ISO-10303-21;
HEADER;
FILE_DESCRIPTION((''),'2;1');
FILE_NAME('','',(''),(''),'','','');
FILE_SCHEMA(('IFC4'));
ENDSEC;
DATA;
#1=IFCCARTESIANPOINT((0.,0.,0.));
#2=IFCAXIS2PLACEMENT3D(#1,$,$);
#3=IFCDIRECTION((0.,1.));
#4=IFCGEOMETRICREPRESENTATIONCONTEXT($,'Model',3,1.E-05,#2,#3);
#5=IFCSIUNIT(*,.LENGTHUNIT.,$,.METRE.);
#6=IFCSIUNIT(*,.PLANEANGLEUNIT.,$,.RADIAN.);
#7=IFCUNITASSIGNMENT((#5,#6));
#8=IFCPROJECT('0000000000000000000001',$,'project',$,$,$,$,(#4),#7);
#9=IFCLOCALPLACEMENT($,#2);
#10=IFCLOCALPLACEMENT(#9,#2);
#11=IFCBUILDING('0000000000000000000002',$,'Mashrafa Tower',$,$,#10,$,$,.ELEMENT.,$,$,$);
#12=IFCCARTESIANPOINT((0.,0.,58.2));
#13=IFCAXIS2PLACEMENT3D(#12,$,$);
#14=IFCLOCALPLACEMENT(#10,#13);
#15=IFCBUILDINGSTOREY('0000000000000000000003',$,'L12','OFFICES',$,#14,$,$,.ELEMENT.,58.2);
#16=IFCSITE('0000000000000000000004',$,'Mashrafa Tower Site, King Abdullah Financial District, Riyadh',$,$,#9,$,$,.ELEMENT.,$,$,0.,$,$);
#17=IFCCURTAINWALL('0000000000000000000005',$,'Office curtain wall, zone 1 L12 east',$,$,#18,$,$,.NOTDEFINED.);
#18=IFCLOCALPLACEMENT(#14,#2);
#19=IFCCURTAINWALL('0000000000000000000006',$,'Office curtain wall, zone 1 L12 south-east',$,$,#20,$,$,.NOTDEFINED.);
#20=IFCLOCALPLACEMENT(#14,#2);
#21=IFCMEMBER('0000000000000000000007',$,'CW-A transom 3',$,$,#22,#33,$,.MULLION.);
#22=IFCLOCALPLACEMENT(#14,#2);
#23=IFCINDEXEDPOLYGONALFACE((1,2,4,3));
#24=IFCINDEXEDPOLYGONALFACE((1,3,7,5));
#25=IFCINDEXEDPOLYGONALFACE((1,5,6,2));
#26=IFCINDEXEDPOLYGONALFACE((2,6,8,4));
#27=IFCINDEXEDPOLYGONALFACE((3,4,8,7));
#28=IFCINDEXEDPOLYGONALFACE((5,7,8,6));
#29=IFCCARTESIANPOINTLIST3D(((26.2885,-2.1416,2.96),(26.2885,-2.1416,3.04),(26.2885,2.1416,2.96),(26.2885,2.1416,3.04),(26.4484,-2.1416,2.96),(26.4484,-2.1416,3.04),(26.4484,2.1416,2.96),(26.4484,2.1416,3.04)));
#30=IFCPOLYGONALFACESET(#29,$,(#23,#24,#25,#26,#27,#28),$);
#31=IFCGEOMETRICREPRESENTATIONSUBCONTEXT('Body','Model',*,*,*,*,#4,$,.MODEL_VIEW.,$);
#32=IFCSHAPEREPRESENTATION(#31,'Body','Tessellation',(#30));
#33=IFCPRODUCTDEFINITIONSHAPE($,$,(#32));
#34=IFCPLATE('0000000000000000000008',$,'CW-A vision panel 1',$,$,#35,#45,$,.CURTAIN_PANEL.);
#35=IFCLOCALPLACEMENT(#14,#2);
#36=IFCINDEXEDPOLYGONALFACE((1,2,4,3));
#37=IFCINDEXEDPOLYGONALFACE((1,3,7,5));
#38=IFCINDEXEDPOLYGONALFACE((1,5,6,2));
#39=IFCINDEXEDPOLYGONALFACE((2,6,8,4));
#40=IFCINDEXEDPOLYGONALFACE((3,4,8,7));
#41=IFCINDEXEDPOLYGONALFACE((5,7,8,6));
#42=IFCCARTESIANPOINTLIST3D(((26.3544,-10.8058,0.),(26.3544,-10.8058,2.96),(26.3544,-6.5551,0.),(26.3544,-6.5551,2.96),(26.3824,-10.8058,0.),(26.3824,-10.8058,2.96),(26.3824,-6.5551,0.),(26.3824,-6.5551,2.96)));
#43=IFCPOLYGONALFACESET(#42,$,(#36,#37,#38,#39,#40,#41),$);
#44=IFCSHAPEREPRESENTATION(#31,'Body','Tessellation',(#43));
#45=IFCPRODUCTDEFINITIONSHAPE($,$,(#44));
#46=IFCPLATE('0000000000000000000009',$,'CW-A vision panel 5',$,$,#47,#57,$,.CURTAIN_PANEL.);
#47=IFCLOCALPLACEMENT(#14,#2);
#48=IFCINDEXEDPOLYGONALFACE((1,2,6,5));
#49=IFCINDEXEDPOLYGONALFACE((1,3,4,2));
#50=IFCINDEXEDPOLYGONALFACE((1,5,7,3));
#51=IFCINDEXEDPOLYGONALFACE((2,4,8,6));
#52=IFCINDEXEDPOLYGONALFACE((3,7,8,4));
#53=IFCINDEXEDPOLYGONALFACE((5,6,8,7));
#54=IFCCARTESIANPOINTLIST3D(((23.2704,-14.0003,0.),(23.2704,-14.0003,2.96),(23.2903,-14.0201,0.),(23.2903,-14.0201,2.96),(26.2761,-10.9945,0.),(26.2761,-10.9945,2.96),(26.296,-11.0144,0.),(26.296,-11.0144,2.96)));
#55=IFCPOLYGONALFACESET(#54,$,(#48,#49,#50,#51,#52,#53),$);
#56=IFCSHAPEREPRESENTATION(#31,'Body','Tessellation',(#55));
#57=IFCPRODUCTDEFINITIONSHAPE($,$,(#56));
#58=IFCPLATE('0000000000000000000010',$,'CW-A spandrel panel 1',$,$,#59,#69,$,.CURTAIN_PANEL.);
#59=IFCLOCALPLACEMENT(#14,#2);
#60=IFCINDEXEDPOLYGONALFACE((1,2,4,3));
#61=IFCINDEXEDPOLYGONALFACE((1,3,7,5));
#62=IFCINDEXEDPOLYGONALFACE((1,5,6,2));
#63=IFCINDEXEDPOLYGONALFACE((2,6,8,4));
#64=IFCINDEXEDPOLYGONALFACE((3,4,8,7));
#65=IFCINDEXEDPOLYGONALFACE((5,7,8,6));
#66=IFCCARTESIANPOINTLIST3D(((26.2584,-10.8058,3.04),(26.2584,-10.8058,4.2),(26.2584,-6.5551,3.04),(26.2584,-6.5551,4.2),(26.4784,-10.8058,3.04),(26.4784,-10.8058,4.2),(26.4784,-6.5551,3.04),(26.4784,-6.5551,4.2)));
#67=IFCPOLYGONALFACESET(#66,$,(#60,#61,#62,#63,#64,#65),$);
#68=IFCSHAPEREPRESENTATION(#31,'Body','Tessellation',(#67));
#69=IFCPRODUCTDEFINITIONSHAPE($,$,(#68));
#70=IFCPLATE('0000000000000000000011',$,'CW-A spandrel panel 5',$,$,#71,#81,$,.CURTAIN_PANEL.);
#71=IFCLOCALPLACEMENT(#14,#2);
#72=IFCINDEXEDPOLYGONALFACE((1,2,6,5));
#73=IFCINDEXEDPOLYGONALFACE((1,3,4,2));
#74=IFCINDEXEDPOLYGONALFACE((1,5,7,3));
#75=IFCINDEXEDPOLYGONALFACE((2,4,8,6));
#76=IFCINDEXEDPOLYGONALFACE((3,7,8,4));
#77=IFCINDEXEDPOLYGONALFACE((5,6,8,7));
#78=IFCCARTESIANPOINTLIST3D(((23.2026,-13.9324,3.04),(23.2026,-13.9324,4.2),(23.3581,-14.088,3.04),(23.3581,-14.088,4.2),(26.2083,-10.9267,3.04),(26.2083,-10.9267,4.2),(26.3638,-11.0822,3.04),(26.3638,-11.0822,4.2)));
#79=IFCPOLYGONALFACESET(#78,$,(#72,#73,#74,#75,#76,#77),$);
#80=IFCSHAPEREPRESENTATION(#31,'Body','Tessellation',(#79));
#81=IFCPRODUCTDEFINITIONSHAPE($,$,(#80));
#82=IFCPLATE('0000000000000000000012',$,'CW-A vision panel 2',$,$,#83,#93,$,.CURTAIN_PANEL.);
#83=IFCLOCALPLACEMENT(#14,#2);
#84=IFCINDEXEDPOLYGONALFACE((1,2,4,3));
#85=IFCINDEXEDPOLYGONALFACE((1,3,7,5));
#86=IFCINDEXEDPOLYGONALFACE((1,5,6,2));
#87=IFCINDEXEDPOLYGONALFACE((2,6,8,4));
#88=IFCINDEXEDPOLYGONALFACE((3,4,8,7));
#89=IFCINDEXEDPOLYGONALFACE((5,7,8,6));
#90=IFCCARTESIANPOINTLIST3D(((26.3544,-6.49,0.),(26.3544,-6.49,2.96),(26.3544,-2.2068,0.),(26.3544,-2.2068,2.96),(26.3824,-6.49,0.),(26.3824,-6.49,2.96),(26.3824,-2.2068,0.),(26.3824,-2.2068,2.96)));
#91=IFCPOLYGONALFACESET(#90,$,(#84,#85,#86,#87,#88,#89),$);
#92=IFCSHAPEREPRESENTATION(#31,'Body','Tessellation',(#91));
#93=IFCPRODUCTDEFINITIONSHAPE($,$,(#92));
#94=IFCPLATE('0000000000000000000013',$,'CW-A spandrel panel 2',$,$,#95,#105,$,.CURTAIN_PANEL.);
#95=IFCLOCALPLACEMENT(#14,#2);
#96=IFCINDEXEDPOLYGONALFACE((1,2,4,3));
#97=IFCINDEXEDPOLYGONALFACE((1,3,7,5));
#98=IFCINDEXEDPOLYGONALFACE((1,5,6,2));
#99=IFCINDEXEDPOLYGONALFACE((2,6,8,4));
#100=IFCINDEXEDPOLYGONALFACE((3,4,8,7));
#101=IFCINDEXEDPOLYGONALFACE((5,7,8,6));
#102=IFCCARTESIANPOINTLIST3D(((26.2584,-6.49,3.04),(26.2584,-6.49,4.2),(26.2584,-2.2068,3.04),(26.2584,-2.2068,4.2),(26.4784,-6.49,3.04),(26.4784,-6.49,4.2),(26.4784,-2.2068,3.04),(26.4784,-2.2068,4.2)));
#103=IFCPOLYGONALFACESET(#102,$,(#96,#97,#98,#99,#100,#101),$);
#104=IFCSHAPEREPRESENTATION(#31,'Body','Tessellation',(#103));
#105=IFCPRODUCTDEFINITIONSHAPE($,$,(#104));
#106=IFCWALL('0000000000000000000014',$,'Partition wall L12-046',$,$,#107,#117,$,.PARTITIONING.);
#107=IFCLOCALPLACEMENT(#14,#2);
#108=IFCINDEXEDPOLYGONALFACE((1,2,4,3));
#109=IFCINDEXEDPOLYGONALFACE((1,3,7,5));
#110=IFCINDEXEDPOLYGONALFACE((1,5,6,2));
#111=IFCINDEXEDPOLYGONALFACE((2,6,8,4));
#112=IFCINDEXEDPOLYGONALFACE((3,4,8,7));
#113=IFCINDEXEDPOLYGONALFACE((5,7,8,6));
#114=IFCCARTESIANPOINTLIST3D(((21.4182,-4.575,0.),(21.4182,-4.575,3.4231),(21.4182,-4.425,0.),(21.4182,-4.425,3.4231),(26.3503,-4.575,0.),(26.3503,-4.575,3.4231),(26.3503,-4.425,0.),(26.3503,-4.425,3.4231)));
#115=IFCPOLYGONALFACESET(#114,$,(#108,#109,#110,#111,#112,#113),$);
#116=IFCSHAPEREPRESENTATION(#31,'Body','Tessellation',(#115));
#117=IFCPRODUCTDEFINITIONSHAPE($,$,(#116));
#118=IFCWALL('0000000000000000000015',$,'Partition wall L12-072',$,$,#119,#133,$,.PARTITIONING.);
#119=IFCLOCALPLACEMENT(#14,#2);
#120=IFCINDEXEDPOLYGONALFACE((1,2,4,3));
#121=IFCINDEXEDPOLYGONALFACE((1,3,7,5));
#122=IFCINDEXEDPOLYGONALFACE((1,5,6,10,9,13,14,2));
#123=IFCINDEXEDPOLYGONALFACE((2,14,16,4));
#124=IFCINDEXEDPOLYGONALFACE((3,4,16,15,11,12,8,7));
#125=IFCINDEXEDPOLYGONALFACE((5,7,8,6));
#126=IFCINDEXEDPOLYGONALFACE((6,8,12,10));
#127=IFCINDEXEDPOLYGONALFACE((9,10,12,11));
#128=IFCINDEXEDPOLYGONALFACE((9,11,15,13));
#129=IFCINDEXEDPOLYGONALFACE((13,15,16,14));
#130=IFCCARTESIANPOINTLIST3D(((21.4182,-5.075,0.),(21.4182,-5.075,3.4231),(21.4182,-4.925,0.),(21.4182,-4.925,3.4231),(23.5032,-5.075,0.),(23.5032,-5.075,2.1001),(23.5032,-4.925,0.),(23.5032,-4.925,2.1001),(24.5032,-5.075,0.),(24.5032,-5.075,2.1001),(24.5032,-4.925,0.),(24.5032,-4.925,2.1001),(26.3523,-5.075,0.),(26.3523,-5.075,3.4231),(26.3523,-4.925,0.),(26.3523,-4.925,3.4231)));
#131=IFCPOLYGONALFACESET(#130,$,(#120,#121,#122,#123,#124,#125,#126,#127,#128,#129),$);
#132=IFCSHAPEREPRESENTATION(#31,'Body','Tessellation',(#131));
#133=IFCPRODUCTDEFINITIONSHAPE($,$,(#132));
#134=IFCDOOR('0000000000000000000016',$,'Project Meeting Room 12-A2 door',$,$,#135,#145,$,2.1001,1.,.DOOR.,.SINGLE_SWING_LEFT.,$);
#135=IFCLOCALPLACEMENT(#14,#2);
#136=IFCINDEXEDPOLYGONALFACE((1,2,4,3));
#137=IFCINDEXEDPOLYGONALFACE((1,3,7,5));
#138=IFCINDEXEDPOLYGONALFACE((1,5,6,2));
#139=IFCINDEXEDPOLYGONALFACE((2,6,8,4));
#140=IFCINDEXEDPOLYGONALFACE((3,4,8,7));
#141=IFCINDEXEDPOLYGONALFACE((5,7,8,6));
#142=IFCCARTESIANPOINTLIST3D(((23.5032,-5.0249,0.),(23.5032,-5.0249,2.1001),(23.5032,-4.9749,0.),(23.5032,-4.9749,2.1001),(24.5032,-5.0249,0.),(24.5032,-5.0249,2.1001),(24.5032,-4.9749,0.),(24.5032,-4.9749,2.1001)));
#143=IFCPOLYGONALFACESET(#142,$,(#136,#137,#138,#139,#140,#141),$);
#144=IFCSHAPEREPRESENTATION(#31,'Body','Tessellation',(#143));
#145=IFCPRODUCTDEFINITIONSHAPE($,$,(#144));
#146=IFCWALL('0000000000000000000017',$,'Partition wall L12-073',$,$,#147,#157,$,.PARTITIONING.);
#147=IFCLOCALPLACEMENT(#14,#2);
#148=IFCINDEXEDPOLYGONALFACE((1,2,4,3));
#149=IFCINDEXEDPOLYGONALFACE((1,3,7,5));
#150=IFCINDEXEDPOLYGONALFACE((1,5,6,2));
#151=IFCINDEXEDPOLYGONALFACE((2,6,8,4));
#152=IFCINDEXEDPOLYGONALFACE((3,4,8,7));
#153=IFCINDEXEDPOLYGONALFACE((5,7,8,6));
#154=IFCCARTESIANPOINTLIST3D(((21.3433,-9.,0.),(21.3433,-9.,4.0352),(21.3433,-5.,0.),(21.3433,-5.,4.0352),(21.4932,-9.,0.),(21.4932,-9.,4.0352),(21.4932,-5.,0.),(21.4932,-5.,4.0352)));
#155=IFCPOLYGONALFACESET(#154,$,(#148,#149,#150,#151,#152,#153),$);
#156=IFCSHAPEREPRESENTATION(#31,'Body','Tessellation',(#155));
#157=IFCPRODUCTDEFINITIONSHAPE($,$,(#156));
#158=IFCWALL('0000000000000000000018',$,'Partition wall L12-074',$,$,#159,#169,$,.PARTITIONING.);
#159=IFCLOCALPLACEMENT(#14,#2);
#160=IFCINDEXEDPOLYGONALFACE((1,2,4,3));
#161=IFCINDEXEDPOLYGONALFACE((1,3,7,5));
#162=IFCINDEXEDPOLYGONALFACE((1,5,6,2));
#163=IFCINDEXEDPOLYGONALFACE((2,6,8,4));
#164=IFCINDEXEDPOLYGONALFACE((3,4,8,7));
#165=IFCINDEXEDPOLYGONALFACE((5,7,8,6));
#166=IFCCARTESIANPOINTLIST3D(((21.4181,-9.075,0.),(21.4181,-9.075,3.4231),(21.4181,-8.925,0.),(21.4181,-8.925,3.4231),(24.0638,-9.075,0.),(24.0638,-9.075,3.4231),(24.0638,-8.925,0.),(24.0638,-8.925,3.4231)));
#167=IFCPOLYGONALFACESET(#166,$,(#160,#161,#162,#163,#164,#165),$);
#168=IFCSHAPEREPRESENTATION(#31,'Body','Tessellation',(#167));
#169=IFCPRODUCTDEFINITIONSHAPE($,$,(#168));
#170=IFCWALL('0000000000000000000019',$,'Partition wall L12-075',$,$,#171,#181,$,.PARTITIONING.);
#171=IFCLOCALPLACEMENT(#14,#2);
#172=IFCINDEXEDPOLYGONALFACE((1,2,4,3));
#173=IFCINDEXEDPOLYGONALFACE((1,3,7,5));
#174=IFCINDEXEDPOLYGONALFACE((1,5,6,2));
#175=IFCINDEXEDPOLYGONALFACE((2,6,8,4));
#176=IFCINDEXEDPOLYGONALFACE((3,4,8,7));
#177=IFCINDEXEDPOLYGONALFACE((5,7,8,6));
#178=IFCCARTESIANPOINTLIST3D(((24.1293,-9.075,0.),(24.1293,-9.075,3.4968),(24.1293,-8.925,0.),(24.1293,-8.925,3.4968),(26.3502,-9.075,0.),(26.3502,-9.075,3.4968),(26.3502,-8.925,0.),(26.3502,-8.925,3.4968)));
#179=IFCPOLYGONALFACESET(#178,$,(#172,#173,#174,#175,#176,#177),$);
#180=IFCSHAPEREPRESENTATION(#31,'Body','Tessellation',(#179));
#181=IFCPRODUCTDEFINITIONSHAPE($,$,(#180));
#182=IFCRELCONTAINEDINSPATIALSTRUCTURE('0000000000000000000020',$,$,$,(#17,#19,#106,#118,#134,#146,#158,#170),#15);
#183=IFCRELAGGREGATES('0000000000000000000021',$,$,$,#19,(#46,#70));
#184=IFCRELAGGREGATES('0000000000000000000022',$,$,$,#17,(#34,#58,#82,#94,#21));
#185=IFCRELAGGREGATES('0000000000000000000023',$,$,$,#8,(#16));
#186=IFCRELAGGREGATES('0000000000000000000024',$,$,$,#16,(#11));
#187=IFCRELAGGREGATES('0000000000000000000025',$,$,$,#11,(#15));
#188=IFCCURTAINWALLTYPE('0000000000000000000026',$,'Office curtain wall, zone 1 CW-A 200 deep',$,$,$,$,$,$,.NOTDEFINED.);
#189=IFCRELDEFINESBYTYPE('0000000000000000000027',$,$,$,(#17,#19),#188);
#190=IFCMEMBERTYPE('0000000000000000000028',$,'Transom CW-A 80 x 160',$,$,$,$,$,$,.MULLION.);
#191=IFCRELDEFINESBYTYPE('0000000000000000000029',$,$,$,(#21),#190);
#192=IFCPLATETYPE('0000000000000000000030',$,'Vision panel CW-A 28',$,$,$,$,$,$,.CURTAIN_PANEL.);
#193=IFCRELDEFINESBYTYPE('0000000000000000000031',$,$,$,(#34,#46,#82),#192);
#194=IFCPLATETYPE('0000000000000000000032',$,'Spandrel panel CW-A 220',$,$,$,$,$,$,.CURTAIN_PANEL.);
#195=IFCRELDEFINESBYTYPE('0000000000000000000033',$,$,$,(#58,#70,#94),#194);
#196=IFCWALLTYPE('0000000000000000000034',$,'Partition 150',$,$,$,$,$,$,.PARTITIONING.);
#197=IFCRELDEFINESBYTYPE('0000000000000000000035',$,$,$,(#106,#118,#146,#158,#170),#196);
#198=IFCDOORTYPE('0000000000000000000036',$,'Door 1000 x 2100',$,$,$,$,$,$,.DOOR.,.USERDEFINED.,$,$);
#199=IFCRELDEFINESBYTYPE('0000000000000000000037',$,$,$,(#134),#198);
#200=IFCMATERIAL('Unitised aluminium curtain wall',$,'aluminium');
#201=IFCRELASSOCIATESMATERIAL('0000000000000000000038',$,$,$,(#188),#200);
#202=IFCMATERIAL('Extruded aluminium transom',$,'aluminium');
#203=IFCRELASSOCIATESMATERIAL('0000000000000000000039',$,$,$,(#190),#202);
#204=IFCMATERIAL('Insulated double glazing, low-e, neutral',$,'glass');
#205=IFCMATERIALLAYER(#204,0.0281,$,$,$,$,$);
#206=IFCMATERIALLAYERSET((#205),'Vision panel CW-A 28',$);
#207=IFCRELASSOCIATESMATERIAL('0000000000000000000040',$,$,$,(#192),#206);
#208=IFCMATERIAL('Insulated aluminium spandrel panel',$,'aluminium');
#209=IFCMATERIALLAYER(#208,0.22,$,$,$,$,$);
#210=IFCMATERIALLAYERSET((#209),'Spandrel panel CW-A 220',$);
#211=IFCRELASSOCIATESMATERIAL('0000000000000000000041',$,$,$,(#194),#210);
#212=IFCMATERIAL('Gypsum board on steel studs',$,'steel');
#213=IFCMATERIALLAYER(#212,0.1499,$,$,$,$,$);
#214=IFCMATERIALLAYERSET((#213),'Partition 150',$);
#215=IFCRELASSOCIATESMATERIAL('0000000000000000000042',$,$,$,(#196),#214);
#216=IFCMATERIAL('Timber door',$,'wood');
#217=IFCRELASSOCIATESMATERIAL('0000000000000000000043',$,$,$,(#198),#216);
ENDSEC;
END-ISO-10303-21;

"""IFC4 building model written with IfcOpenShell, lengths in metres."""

from ifc_helpers import new_model, si_unit, direction, frame, frame_2d, origin, origin_2d, place, context, subcontext, project, spatial, rectangle, extrude, source, transform, mapped, material, layer, layer_set, material_profile, profile_set, type_object, type_shapes, element, fill, aggregate, save


model = new_model("IFC4")

# Units and contexts
model_context = context("Model", 3, precision=1e-05, world=origin(), true_north=direction((0.0, 1.0)))
body_context = subcontext(model_context, "Body", "Model", "MODEL_VIEW")
ifc_project = project(units=[si_unit("LENGTHUNIT", "METRE"), si_unit("PLANEANGLEUNIT", "RADIAN")], contexts=[model_context])

# Site, building, storey
site_placement = place(None, origin())
site = spatial("IfcSite", under=ifc_project, at=site_placement, Name="Mashrafa Tower Site, King Abdullah Financial District, Riyadh", CompositionType="ELEMENT", RefElevation=0.0)
building_placement = place(site_placement, origin())
building = spatial("IfcBuilding", under=site, at=building_placement, Name="Mashrafa Tower", CompositionType="ELEMENT")
storey_placement = place(building_placement, frame((0.0, 0.0, 58.2)))
storey = spatial("IfcBuildingStorey", under=building, at=storey_placement, Name="L12", Description="OFFICES", CompositionType="ELEMENT", Elevation=58.2)

# Curtain wall
ifc_material_1 = material(Name="Unitised aluminium curtain wall", Category="aluminium")
curtain_wall_type = type_object("IfcCurtainWallType", Name="Office curtain wall, zone 1 CW-A 200 deep", PredefinedType="NOTDEFINED", material=ifc_material_1)
curtain_wall_1_placement = place(storey_placement, origin())
curtain_wall_1 = element("IfcCurtainWall", 1, at=curtain_wall_1_placement, inside=storey, type_object=curtain_wall_type, Name="Office curtain wall, zone 1 L12 east", PredefinedType="NOTDEFINED")

# Curtain wall
curtain_wall_2_placement = place(storey_placement, origin())
curtain_wall_2 = element("IfcCurtainWall", 2, at=curtain_wall_2_placement, inside=storey, type_object=curtain_wall_type, Name="Office curtain wall, zone 1 L12 south-east", PredefinedType="NOTDEFINED")

# Member
ifc_material_2 = material(Name="Extruded aluminium transom", Category="aluminium")
ifc_material_profile_1 = material_profile(ifc_material_2, rectangle(XDim=0.1599, YDim=0.0801, at=origin_2d()), Name="Transom 80x160")
ifc_profile_set_1 = profile_set([ifc_material_profile_1], Name="Extruded aluminium transom")
member_type_1 = type_object("IfcMemberType", Name="Transom CW-A 80 x 160", PredefinedType="MULLION", material=ifc_profile_set_1)
shared_shape_1 = source(origin(), body_context, "Body", "SweptSolid", [
    extrude(rectangle(XDim=0.1599, YDim=0.0801, at=origin_2d()), origin(), (0.0, 0.0, 1.0), 4.2832),
])
member_1_placement = place(storey_placement, frame((26.3684, -2.1416, 3.0), z_axis=(0.0, 1.0, 0.0), x_axis=(-1.0, 0.0, 0.0)))
member_1 = element("IfcMember", 3, at=member_1_placement, type_object=member_type_1, Name="CW-A transom 3", PredefinedType="MULLION", context=body_context, shape_type="MappedRepresentation", body=[
    mapped(shared_shape_1, transform((0.0, 0.0, 0.0))),
])

# Plates
ifc_material_3 = material(Name="Insulated double glazing, low-e, neutral", Category="glass")
ifc_layer_1 = layer(ifc_material_3, 0.0281)
ifc_layer_set_1 = layer_set([ifc_layer_1], Name="Vision panel CW-A 28")
plate_type_1 = type_object("IfcPlateType", Name="Vision panel CW-A 28", PredefinedType="CURTAIN_PANEL", material=ifc_layer_set_1)
shared_shape_2 = source(origin(), body_context, "Body", "SweptSolid", [
    extrude(rectangle(XDim=4.2507, YDim=0.0281, at=origin_2d()), origin(), (0.0, 0.0, 1.0), 2.96),
])
plate_1_placement = place(storey_placement, frame((26.3684, -8.6804, 0.0), z_axis=(0.0, 0.0, 1.0), x_axis=(0.0, 1.0, 0.0)))
plate_1 = element("IfcPlate", 4, at=plate_1_placement, type_object=plate_type_1, Name="CW-A vision panel 1", PredefinedType="CURTAIN_PANEL", context=body_context, shape_type="MappedRepresentation", body=[
    mapped(shared_shape_2, transform((0.0, 0.0, 0.0))),
])
plate_2_placement = place(storey_placement, frame((24.7832, -12.5073, 0.0), z_axis=(0.0, 0.0, 1.0), x_axis=(0.707107, 0.707107, 0.0)))
plate_2 = element("IfcPlate", 5, at=plate_2_placement, type_object=plate_type_1, Name="CW-A vision panel 5", PredefinedType="CURTAIN_PANEL", context=body_context, shape_type="MappedRepresentation", body=[
    mapped(shared_shape_2, transform((0.0, 0.0, 0.0))),
])
ifc_material_4 = material(Name="Insulated aluminium spandrel panel", Category="aluminium")
ifc_layer_2 = layer(ifc_material_4, 0.22)
ifc_layer_set_2 = layer_set([ifc_layer_2], Name="Spandrel panel CW-A 220")
plate_type_2 = type_object("IfcPlateType", Name="Spandrel panel CW-A 220", PredefinedType="CURTAIN_PANEL", material=ifc_layer_set_2)
shared_shape_3 = source(origin(), body_context, "Body", "SweptSolid", [
    extrude(rectangle(XDim=4.2507, YDim=0.22, at=origin_2d()), origin(), (0.0, 0.0, 1.0), 1.1599),
])
plate_3_placement = place(storey_placement, frame((26.3684, -8.6804, 3.04), z_axis=(0.0, 0.0, 1.0), x_axis=(0.0, 1.0, 0.0)))
plate_3 = element("IfcPlate", 6, at=plate_3_placement, type_object=plate_type_2, Name="CW-A spandrel panel 1", PredefinedType="CURTAIN_PANEL", context=body_context, shape_type="MappedRepresentation", body=[
    mapped(shared_shape_3, transform((0.0, 0.0, 0.0))),
])
plate_4_placement = place(storey_placement, frame((24.7832, -12.5073, 3.04), z_axis=(0.0, 0.0, 1.0), x_axis=(0.707107, 0.707107, 0.0)))
plate_4 = element("IfcPlate", 7, at=plate_4_placement, type_object=plate_type_2, Name="CW-A spandrel panel 5", PredefinedType="CURTAIN_PANEL", context=body_context, shape_type="MappedRepresentation", body=[
    mapped(shared_shape_3, transform((0.0, 0.0, 0.0))),
])
aggregate(curtain_wall_2, [plate_2, plate_4])
shared_shape_4 = source(origin(), body_context, "Body", "SweptSolid", [
    extrude(rectangle(XDim=4.2832, YDim=0.0281, at=origin_2d()), origin(), (0.0, 0.0, 1.0), 2.96),
])
type_shapes(plate_type_1, [shared_shape_2, shared_shape_4])
plate_5_placement = place(storey_placement, frame((26.3684, -4.3484, 0.0), z_axis=(0.0, 0.0, 1.0), x_axis=(0.0, 1.0, 0.0)))
plate_5 = element("IfcPlate", 8, at=plate_5_placement, type_object=plate_type_1, Name="CW-A vision panel 2", PredefinedType="CURTAIN_PANEL", context=body_context, shape_type="MappedRepresentation", body=[
    mapped(shared_shape_4, transform((0.0, 0.0, 0.0))),
])
shared_shape_5 = source(origin(), body_context, "Body", "SweptSolid", [
    extrude(rectangle(XDim=4.2832, YDim=0.22, at=origin_2d()), origin(), (0.0, 0.0, 1.0), 1.1599),
])
type_shapes(plate_type_2, [shared_shape_3, shared_shape_5])
plate_6_placement = place(storey_placement, frame((26.3684, -4.3484, 3.04), z_axis=(0.0, 0.0, 1.0), x_axis=(0.0, 1.0, 0.0)))
plate_6 = element("IfcPlate", 9, at=plate_6_placement, type_object=plate_type_2, Name="CW-A spandrel panel 2", PredefinedType="CURTAIN_PANEL", context=body_context, shape_type="MappedRepresentation", body=[
    mapped(shared_shape_5, transform((0.0, 0.0, 0.0))),
])
aggregate(curtain_wall_1, [plate_1, plate_3, plate_5, plate_6, member_1])

# Wall
ifc_material_5 = material(Name="Gypsum board on steel studs", Category="steel")
ifc_layer_3 = layer(ifc_material_5, 0.1499)
ifc_layer_set_3 = layer_set([ifc_layer_3], Name="Partition 150")
wall_type = type_object("IfcWallType", Name="Partition 150", PredefinedType="PARTITIONING", material=ifc_layer_set_3)
wall_1_placement = place(storey_placement, frame((21.4182, -4.5, 0.0), z_axis=(0.0, 0.0, 1.0), x_axis=(1.0, 0.0, 0.0)))
element("IfcWall", 10, at=wall_1_placement, inside=storey, type_object=wall_type, Name="Partition wall L12-046", PredefinedType="PARTITIONING", context=body_context, shape_type="SweptSolid", body=[
    extrude(rectangle(XDim=4.9321, YDim=0.1499, at=frame_2d((2.4661, 0.0))), origin(), (0.0, 0.0, 1.0), 3.4231),
])

# Wall, opening, door
wall_2_placement = place(storey_placement, frame((26.3523, -5.0, 0.0), z_axis=(0.0, 0.0, 1.0), x_axis=(-1.0, 0.0, 0.0)))
wall_2 = element("IfcWall", 11, at=wall_2_placement, inside=storey, type_object=wall_type, Name="Partition wall L12-072", PredefinedType="PARTITIONING", context=body_context, shape_type="SweptSolid", body=[
    extrude(rectangle(XDim=4.9341, YDim=0.1499, at=frame_2d((2.467, 0.0))), origin(), (0.0, 0.0, 1.0), 3.4231),
])
opening_placement = place(wall_2_placement, frame((1.8491, 0.0, 0.0)))
opening = element("IfcOpeningElement", 12, at=opening_placement, cuts=wall_2, PredefinedType="OPENING", context=body_context, shape_type="SweptSolid", body=[
    extrude(rectangle(XDim=1.0, YDim=2.1001, at=frame_2d((0.5, 1.05))), frame((0.0, 0.085, 0.0), z_axis=(0.0, -1.0, 0.0), x_axis=(1.0, 0.0, 0.0)), (0.0, 0.0, 1.0), 0.1699),
])
ifc_material_6 = material(Name="Timber door", Category="wood")
door_type = type_object("IfcDoorType", Name="Door 1000 x 2100", OperationType="USERDEFINED", PredefinedType="DOOR", material=ifc_material_6)
door_placement = place(opening_placement, origin())
door = element("IfcDoor", 13, at=door_placement, inside=storey, type_object=door_type, Name="Project Meeting Room 12-A2 door", OperationType="SINGLE_SWING_LEFT", OverallHeight=2.1001, OverallWidth=1.0, PredefinedType="DOOR", context=body_context, shape_type="SweptSolid", body=[
    extrude(rectangle(XDim=1.0, YDim=2.1001, at=frame_2d((0.5, 1.05))), frame((0.0, 0.0249, 0.0), z_axis=(0.0, -1.0, 0.0), x_axis=(1.0, 0.0, 0.0)), (0.0, 0.0, 1.0), 0.05),
])
fill(opening, door)

# Walls
wall_3_placement = place(storey_placement, frame((21.4182, -5.0, 0.0), z_axis=(0.0, 0.0, 1.0), x_axis=(0.0, -1.0, 0.0)))
element("IfcWall", 14, at=wall_3_placement, inside=storey, type_object=wall_type, Name="Partition wall L12-073", PredefinedType="PARTITIONING", context=body_context, shape_type="SweptSolid", body=[
    extrude(rectangle(XDim=4.0, YDim=0.1499, at=frame_2d((2.0, 0.0))), origin(), (0.0, 0.0, 1.0), 4.0352),
])
wall_4_placement = place(storey_placement, frame((21.4182, -9.0, 0.0), z_axis=(0.0, 0.0, 1.0), x_axis=(1.0, 0.0, 0.0)))
element("IfcWall", 15, at=wall_4_placement, inside=storey, type_object=wall_type, Name="Partition wall L12-074", PredefinedType="PARTITIONING", context=body_context, shape_type="SweptSolid", body=[
    extrude(rectangle(XDim=2.6458, YDim=0.1499, at=frame_2d((1.3228, 0.0))), origin(), (0.0, 0.0, 1.0), 3.4231),
])
wall_5_placement = place(storey_placement, frame((24.1294, -9.0, 0.0), z_axis=(0.0, 0.0, 1.0), x_axis=(1.0, 0.0, 0.0)))
element("IfcWall", 16, at=wall_5_placement, inside=storey, type_object=wall_type, Name="Partition wall L12-075", PredefinedType="PARTITIONING", context=body_context, shape_type="SweptSolid", body=[
    extrude(rectangle(XDim=2.2209, YDim=0.1499, at=frame_2d((1.1104, 0.0))), origin(), (0.0, 0.0, 1.0), 3.4968),
])

save(model, "model.ifc")
